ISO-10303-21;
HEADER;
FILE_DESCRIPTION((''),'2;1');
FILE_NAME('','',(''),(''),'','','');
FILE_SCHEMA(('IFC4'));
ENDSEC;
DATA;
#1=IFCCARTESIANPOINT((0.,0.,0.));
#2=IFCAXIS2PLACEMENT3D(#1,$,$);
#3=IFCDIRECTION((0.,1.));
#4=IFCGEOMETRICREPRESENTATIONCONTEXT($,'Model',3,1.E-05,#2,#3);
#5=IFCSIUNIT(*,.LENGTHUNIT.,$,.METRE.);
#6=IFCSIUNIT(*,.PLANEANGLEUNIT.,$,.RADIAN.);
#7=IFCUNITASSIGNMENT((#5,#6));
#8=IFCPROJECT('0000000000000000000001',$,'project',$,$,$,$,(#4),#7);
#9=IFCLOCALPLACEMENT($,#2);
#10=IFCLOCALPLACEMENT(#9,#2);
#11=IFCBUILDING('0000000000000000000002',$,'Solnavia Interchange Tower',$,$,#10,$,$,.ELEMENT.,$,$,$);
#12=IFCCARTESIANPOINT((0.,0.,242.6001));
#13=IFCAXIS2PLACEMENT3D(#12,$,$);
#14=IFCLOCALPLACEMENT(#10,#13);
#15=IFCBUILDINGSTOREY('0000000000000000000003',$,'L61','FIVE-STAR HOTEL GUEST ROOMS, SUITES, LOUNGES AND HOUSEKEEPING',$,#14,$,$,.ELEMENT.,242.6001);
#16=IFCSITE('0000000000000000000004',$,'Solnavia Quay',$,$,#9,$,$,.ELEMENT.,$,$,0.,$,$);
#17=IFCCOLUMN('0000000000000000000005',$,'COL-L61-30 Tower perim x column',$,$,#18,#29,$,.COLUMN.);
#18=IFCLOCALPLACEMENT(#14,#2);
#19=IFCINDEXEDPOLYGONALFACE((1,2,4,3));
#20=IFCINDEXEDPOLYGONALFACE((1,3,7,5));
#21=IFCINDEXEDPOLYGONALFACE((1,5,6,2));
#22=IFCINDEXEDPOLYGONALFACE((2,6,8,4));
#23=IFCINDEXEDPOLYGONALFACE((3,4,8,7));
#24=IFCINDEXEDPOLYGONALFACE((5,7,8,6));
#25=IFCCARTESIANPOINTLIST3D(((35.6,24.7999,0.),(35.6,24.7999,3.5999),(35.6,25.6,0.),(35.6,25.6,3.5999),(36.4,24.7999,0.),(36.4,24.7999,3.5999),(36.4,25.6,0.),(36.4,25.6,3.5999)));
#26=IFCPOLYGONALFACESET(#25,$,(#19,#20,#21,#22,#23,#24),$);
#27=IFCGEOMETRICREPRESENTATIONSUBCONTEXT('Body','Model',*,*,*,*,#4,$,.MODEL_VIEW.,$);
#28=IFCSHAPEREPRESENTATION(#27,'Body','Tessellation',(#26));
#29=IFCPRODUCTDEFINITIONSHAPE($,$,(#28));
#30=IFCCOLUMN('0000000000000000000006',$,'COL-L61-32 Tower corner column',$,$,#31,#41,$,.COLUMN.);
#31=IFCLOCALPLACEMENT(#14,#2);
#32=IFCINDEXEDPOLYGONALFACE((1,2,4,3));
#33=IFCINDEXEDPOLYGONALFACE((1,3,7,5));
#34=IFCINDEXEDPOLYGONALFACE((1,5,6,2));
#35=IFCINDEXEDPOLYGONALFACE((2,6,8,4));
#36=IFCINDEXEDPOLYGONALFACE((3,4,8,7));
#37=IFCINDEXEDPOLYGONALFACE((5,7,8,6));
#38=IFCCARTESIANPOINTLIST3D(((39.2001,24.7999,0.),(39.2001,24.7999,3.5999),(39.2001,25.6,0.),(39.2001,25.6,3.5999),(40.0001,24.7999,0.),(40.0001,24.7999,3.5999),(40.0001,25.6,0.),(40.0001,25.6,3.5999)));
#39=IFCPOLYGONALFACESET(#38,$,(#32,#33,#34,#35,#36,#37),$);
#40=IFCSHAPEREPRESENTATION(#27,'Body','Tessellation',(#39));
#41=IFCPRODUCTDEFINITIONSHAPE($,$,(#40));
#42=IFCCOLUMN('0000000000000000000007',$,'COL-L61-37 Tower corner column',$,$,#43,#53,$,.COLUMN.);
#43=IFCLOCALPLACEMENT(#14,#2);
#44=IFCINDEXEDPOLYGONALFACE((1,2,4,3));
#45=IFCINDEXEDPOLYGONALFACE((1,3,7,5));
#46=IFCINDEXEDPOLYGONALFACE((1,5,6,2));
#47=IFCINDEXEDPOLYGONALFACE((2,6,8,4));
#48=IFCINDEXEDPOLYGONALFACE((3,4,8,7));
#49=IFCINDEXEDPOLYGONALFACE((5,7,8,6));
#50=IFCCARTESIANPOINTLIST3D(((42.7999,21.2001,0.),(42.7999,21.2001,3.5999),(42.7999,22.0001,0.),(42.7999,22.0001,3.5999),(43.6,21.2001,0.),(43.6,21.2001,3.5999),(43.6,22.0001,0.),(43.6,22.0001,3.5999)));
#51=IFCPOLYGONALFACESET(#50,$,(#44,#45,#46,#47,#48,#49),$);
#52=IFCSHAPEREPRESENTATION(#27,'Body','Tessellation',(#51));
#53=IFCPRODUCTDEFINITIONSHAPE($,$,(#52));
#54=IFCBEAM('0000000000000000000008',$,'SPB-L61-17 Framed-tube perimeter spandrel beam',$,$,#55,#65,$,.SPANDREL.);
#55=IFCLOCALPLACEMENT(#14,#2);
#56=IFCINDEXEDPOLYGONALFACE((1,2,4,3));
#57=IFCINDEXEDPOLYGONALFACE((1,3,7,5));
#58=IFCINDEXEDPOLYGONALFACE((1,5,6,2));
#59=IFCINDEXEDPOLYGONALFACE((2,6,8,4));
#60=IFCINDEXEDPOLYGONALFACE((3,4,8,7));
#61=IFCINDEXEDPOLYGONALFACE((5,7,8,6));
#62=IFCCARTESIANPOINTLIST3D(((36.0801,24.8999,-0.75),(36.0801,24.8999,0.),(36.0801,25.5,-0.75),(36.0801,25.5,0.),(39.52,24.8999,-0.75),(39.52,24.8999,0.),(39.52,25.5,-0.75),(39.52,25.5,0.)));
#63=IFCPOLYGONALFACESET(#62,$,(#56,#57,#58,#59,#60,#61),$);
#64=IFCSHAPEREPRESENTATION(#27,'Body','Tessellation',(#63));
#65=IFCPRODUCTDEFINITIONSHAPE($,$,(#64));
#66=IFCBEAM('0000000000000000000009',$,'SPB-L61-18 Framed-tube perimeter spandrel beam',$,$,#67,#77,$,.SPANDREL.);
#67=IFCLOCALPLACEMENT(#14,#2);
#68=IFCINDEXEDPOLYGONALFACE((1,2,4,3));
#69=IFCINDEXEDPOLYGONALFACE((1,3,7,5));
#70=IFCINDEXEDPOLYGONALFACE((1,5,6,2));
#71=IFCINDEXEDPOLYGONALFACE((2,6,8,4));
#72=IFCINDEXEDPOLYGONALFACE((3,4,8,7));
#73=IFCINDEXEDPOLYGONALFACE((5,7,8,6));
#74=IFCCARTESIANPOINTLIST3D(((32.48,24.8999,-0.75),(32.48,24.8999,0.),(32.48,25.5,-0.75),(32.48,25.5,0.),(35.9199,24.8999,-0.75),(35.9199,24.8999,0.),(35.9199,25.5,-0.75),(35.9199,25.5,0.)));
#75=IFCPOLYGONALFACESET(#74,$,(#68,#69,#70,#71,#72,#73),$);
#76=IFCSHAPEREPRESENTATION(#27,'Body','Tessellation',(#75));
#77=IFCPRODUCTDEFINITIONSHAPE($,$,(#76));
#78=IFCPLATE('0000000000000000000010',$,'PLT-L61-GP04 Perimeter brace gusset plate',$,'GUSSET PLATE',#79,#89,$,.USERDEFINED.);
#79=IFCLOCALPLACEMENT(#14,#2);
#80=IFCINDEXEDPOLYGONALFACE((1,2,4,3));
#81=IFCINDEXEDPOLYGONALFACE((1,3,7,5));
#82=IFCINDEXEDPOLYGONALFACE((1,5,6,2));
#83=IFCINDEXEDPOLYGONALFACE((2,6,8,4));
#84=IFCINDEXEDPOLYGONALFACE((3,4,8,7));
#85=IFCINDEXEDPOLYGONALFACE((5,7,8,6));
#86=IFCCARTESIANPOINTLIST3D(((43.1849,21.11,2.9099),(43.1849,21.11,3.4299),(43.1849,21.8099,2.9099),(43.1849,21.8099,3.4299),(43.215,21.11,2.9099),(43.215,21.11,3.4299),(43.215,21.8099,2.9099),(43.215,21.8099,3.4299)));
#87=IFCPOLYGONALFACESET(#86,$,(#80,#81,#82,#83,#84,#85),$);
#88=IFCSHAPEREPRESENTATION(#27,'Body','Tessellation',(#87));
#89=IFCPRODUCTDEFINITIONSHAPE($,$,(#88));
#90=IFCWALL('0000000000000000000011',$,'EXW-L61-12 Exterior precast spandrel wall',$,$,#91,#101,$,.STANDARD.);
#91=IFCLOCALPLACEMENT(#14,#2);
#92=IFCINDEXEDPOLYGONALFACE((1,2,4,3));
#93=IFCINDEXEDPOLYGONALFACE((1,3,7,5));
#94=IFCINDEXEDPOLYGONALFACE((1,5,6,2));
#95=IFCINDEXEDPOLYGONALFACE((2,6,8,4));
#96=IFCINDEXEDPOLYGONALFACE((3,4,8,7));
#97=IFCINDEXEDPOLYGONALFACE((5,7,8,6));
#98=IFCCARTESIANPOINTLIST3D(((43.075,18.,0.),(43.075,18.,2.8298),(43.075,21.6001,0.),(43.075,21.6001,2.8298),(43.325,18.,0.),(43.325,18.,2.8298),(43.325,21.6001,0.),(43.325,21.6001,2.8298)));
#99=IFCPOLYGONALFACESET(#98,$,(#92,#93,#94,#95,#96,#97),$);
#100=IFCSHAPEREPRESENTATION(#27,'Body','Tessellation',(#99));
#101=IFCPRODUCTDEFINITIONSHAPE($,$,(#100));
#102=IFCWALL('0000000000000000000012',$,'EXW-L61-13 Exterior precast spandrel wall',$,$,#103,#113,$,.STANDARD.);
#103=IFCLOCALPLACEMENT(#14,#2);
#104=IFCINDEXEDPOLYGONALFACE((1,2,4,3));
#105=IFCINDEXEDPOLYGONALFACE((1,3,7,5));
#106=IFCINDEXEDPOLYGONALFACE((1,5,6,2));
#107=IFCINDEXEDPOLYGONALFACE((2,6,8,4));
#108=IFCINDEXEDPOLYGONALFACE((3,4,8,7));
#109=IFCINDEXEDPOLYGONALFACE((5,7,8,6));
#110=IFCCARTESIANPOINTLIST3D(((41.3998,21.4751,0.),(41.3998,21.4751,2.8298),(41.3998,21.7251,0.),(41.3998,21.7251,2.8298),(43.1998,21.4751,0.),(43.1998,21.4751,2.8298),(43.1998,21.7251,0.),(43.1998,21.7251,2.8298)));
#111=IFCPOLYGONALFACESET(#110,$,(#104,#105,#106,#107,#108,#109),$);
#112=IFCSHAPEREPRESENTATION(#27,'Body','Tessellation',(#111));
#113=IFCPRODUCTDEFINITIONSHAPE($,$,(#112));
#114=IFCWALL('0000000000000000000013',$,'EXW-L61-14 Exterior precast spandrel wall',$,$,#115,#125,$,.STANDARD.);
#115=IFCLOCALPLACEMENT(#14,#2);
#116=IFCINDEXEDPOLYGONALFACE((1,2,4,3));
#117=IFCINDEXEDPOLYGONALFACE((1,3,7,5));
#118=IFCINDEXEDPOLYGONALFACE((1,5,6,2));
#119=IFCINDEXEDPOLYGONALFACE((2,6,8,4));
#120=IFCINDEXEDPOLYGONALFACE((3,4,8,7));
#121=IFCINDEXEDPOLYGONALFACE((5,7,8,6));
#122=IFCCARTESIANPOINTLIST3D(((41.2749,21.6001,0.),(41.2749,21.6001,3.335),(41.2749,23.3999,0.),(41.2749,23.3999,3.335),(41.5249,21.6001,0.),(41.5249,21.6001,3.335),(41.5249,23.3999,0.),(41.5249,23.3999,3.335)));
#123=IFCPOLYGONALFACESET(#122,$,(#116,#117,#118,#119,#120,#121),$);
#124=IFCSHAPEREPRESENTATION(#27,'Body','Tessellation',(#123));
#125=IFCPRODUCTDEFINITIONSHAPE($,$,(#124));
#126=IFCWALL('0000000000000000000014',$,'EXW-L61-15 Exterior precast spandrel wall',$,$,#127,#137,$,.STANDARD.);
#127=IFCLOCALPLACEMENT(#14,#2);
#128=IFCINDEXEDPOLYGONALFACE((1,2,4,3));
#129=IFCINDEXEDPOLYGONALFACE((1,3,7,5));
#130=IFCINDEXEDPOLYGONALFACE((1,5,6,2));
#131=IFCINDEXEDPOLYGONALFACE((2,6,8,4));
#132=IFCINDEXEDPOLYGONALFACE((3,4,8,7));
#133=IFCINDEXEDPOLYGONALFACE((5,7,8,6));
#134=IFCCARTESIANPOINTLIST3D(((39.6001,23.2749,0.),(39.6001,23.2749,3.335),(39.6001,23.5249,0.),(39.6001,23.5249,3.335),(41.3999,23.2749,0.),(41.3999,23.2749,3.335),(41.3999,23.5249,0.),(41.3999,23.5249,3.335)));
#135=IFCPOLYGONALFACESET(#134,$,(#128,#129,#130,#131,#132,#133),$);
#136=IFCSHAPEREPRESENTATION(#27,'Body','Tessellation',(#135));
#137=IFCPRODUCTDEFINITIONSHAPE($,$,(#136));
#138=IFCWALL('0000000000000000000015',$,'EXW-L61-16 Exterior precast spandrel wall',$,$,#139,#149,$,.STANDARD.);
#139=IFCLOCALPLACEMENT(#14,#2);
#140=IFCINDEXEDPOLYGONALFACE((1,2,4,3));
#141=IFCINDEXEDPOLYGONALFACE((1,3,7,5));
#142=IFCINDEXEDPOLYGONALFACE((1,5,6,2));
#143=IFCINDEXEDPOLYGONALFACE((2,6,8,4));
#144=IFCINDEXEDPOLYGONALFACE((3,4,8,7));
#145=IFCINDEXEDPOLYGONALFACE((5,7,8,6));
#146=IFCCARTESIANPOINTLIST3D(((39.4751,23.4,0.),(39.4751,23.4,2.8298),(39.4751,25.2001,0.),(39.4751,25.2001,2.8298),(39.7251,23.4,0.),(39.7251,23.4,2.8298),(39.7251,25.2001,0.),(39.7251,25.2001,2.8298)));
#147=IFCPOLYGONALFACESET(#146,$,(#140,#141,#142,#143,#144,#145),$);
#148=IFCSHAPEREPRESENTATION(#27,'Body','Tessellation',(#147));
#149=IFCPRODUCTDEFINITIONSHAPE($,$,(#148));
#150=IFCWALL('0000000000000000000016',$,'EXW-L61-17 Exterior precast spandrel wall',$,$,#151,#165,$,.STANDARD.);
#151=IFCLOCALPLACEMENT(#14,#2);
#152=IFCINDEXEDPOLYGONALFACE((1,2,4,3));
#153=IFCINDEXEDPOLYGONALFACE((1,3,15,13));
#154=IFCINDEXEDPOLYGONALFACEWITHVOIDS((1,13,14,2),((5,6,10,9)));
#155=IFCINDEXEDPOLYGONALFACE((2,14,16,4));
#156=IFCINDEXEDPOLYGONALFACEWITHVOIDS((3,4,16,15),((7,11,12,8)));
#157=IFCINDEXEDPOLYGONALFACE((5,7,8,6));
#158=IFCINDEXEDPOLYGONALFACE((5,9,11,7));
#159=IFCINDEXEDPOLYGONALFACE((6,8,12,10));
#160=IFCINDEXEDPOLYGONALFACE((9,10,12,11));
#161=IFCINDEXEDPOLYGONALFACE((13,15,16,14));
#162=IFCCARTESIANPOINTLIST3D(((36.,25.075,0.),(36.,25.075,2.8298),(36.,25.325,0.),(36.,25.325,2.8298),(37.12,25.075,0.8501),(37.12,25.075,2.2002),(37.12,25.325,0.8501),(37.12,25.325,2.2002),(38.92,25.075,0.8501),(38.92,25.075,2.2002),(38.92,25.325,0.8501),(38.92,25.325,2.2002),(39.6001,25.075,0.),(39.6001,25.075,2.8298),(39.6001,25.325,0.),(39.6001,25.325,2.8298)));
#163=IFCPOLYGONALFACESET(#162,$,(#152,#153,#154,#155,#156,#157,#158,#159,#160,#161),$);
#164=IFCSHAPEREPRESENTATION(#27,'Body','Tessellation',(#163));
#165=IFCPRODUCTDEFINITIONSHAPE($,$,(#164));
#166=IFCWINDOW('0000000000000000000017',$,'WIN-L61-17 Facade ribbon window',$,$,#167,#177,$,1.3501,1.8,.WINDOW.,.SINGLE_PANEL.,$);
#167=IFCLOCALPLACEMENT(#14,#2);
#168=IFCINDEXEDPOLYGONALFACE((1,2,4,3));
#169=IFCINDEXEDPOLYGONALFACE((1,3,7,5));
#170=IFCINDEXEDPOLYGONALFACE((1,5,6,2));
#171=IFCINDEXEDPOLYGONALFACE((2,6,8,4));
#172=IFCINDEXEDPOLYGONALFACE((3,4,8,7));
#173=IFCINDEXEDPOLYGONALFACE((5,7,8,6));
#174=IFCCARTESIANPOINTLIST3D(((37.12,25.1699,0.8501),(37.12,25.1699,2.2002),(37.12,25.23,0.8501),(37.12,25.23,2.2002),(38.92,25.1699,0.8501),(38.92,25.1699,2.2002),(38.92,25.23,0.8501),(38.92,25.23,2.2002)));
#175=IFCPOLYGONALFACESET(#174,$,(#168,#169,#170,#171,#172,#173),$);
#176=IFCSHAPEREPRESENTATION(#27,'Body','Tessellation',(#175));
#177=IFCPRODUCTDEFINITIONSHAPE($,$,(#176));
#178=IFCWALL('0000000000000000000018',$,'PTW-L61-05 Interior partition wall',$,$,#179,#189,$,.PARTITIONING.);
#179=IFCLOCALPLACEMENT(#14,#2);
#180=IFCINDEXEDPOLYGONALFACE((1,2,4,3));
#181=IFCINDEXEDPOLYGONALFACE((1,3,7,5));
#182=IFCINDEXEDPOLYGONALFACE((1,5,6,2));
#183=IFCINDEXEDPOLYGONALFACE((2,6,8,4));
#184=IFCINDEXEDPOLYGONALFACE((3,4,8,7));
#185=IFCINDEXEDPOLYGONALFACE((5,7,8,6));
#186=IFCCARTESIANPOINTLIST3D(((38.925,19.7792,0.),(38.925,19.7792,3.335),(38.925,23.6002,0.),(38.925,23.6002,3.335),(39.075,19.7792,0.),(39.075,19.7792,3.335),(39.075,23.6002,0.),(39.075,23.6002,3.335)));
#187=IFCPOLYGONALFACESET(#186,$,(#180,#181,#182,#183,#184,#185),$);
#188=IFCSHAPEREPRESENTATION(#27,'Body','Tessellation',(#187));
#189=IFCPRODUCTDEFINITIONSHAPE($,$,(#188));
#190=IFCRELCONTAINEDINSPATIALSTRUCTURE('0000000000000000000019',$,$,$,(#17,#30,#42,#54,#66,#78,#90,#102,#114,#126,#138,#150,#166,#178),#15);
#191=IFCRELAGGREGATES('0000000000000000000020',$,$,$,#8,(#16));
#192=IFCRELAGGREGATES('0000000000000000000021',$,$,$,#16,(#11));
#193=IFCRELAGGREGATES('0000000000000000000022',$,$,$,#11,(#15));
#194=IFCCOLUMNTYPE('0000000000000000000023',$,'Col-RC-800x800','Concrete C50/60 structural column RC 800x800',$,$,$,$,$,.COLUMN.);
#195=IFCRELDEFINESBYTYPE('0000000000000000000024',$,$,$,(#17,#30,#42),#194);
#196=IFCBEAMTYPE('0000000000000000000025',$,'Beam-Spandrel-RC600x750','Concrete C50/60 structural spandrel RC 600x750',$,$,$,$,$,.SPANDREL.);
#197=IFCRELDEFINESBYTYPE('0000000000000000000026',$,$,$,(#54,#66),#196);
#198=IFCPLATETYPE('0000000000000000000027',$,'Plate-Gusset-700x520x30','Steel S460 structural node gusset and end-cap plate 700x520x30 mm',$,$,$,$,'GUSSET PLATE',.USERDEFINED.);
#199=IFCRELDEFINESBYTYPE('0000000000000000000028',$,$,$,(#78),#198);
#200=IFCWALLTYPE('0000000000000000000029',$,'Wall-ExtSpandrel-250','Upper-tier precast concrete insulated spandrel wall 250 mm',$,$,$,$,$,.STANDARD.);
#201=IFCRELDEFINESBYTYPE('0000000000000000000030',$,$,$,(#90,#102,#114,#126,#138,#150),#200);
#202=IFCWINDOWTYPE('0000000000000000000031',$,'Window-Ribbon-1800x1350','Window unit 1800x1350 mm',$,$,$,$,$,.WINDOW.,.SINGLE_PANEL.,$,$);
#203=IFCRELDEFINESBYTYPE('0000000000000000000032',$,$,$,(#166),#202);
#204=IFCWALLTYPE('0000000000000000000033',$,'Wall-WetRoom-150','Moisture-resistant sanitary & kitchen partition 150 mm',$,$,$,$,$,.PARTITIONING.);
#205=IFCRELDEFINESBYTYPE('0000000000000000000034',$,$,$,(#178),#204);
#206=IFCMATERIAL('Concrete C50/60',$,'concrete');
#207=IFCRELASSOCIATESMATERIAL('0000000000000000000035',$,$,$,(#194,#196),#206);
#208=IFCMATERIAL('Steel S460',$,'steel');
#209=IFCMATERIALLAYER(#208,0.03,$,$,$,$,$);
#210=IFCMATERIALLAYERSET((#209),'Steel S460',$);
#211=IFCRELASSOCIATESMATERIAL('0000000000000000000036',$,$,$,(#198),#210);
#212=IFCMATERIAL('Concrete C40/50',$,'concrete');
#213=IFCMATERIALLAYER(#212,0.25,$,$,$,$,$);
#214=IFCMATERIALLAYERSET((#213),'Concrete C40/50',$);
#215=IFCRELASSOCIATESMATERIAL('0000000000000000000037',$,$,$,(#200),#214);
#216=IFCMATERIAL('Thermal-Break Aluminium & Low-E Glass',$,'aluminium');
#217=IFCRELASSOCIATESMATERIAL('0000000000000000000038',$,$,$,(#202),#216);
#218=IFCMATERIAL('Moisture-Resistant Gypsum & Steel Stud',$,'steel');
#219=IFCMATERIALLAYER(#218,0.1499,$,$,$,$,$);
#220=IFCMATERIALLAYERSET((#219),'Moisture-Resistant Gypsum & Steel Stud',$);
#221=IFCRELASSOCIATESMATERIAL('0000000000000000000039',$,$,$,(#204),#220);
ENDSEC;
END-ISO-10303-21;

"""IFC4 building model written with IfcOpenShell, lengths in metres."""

from ifc_helpers import new_model, si_unit, direction, frame, frame_2d, origin, origin_2d, place, context, subcontext, project, spatial, rectangle, extrude, material, layer, layer_set, material_profile, profile_set, type_object, element, fill, save


model = new_model("IFC4")

# Units and contexts
model_context = context("Model", 3, precision=1e-05, world=origin(), true_north=direction((0.0, 1.0)))
body_context = subcontext(model_context, "Body", "Model", "MODEL_VIEW")
ifc_project = project(units=[si_unit("LENGTHUNIT", "METRE"), si_unit("PLANEANGLEUNIT", "RADIAN")], contexts=[model_context])

# Site, building, storey
site_placement = place(None, origin())
site = spatial("IfcSite", under=ifc_project, at=site_placement, Name="Solnavia Quay", CompositionType="ELEMENT", RefElevation=0.0)
building_placement = place(site_placement, origin())
building = spatial("IfcBuilding", under=site, at=building_placement, Name="Solnavia Interchange Tower", CompositionType="ELEMENT")
storey_placement = place(building_placement, frame((0.0, 0.0, 242.6001)))
storey = spatial("IfcBuildingStorey", under=building, at=storey_placement, Name="L61", Description="FIVE-STAR HOTEL GUEST ROOMS, SUITES, LOUNGES AND HOUSEKEEPING", CompositionType="ELEMENT", Elevation=242.6001)

# Columns
ifc_material_1 = material(Name="Concrete C50/60", Category="concrete")
ifc_material_profile_1 = material_profile(ifc_material_1, rectangle(XDim=0.8, YDim=0.8, at=origin_2d()), Name="RC 800x800")
ifc_profile_set_1 = profile_set([ifc_material_profile_1], Name="Concrete C50/60")
column_type = type_object("IfcColumnType", Name="Col-RC-800x800", Description="Concrete C50/60 structural column RC 800x800", PredefinedType="COLUMN", material=ifc_profile_set_1)
for number, where, z_axis, x_axis, name in (
    (1, (36.0, 25.2, 0.0), (0.0, 0.0, 1.0), (1.0, 0.0, 0.0), "COL-L61-30 Tower perim x column"),
    (2, (39.6001, 25.2, 0.0), (0.0, 0.0, 1.0), (1.0, 0.0, 0.0), "COL-L61-32 Tower corner column"),
    (3, (43.2, 21.6001, 0.0), (0.0, 0.0, 1.0), (0.0, 1.0, 0.0), "COL-L61-37 Tower corner column"),
):
    element("IfcColumn", number, at=place(storey_placement, frame(where, z_axis=z_axis, x_axis=x_axis)), inside=storey, type_object=column_type, Name=name, PredefinedType="COLUMN", context=body_context, shape_type="SweptSolid", body=[
        extrude(rectangle(XDim=0.8, YDim=0.8, at=origin_2d()), origin(), (0.0, 0.0, 1.0), 3.5999),
    ])

# Beams
ifc_material_profile_2 = material_profile(ifc_material_1, rectangle(XDim=0.6001, YDim=0.75, at=origin_2d()), Name="RC 600x750")
ifc_profile_set_2 = profile_set([ifc_material_profile_2], Name="Concrete C50/60")
beam_type = type_object("IfcBeamType", Name="Beam-Spandrel-RC600x750", Description="Concrete C50/60 structural spandrel RC 600x750", PredefinedType="SPANDREL", material=ifc_profile_set_2)
for number, where, z_axis, x_axis, name in (
    (4, (39.52, 25.2, -0.375), (-1.0, 0.0, 0.0), (0.0, -1.0, 0.0), "SPB-L61-17 Framed-tube perimeter spandrel beam"),
    (5, (35.9199, 25.2, -0.375), (-1.0, 0.0, 0.0), (0.0, -1.0, 0.0), "SPB-L61-18 Framed-tube perimeter spandrel beam"),
):
    element("IfcBeam", number, at=place(storey_placement, frame(where, z_axis=z_axis, x_axis=x_axis)), inside=storey, type_object=beam_type, Name=name, PredefinedType="SPANDREL", context=body_context, shape_type="SweptSolid", body=[
        extrude(rectangle(XDim=0.6001, YDim=0.75, at=origin_2d()), origin(), (0.0, 0.0, 1.0), 3.4399),
    ])

# Plate
ifc_material_2 = material(Name="Steel S460", Category="steel")
ifc_layer_1 = layer(ifc_material_2, 0.03)
ifc_layer_set_1 = layer_set([ifc_layer_1], Name="Steel S460")
plate_type = type_object("IfcPlateType", Name="Plate-Gusset-700x520x30", Description="Steel S460 structural node gusset and end-cap plate 700x520x30 mm", ElementType="GUSSET PLATE", PredefinedType="USERDEFINED", material=ifc_layer_set_1)
plate_placement = place(storey_placement, frame((43.2, 21.46, 2.9099), z_axis=(0.0, 0.0, 1.0), x_axis=(0.0, 1.0, 0.0)))
element("IfcPlate", 6, at=plate_placement, inside=storey, type_object=plate_type, Name="PLT-L61-GP04 Perimeter brace gusset plate", ObjectType="GUSSET PLATE", PredefinedType="USERDEFINED", context=body_context, shape_type="SweptSolid", body=[
    extrude(rectangle(XDim=0.7, YDim=0.03, at=origin_2d()), origin(), (0.0, 0.0, 1.0), 0.52),
])

# Walls
ifc_material_3 = material(Name="Concrete C40/50", Category="concrete")
ifc_layer_2 = layer(ifc_material_3, 0.25)
ifc_layer_set_2 = layer_set([ifc_layer_2], Name="Concrete C40/50")
wall_type_1 = type_object("IfcWallType", Name="Wall-ExtSpandrel-250", Description="Upper-tier precast concrete insulated spandrel wall 250 mm", PredefinedType="STANDARD", material=ifc_layer_set_2)
wall_1_placement = place(storey_placement, frame((43.2, 21.6001, 0.0), z_axis=(0.0, 0.0, 1.0), x_axis=(0.0, -1.0, 0.0)))
element("IfcWall", 7, at=wall_1_placement, inside=storey, type_object=wall_type_1, Name="EXW-L61-12 Exterior precast spandrel wall", PredefinedType="STANDARD", context=body_context, shape_type="SweptSolid", body=[
    extrude(rectangle(XDim=3.6001, YDim=0.25, at=frame_2d((1.8, 0.0))), origin(), (0.0, 0.0, 1.0), 2.8298),
])
wall_2_placement = place(storey_placement, frame((41.3999, 21.6001, 0.0), z_axis=(0.0, 0.0, 1.0), x_axis=(1.0, 0.0, 0.0)))
element("IfcWall", 8, at=wall_2_placement, inside=storey, type_object=wall_type_1, Name="EXW-L61-13 Exterior precast spandrel wall", PredefinedType="STANDARD", context=body_context, shape_type="SweptSolid", body=[
    extrude(rectangle(XDim=1.8, YDim=0.25, at=frame_2d((0.8999, 0.0))), origin(), (0.0, 0.0, 1.0), 2.8298),
])
for number, where, z_axis, x_axis, name in (
    (9, (41.3999, 23.3999, 0.0), (0.0, 0.0, 1.0), (0.0, -1.0, 0.0), "EXW-L61-14 Exterior precast spandrel wall"),
    (10, (39.6001, 23.3999, 0.0), (0.0, 0.0, 1.0), (1.0, 0.0, 0.0), "EXW-L61-15 Exterior precast spandrel wall"),
):
    element("IfcWall", number, at=place(storey_placement, frame(where, z_axis=z_axis, x_axis=x_axis)), inside=storey, type_object=wall_type_1, Name=name, PredefinedType="STANDARD", context=body_context, shape_type="SweptSolid", body=[
        extrude(rectangle(XDim=1.7998, YDim=0.25, at=frame_2d((0.8999, 0.0))), origin(), (0.0, 0.0, 1.0), 3.335),
    ])
wall_3_placement = place(storey_placement, frame((39.6001, 25.2, 0.0), z_axis=(0.0, 0.0, 1.0), x_axis=(0.0, -1.0, 0.0)))
element("IfcWall", 11, at=wall_3_placement, inside=storey, type_object=wall_type_1, Name="EXW-L61-16 Exterior precast spandrel wall", PredefinedType="STANDARD", context=body_context, shape_type="SweptSolid", body=[
    extrude(rectangle(XDim=1.8, YDim=0.25, at=frame_2d((0.8999, 0.0))), origin(), (0.0, 0.0, 1.0), 2.8298),
])

# Wall, opening, window
wall_4_placement = place(storey_placement, frame((36.0, 25.2, 0.0), z_axis=(0.0, 0.0, 1.0), x_axis=(1.0, 0.0, 0.0)))
wall_4 = element("IfcWall", 12, at=wall_4_placement, inside=storey, type_object=wall_type_1, Name="EXW-L61-17 Exterior precast spandrel wall", PredefinedType="STANDARD", context=body_context, shape_type="SweptSolid", body=[
    extrude(rectangle(XDim=3.6001, YDim=0.25, at=frame_2d((1.8, 0.0))), origin(), (0.0, 0.0, 1.0), 2.8298),
])
opening_placement = place(wall_4_placement, frame((1.1201, 0.0, 0.8501)))
opening = element("IfcOpeningElement", 13, at=opening_placement, cuts=wall_4, PredefinedType="OPENING", context=body_context, shape_type="SweptSolid", body=[
    extrude(rectangle(XDim=1.8, YDim=1.3501, at=frame_2d((0.8999, 0.675))), frame((0.0, 0.135, 0.0), z_axis=(0.0, -1.0, 0.0), x_axis=(1.0, 0.0, 0.0)), (0.0, 0.0, 1.0), 0.27),
])
ifc_material_4 = material(Name="Thermal-Break Aluminium & Low-E Glass", Category="aluminium")
window_type = type_object("IfcWindowType", Name="Window-Ribbon-1800x1350", Description="Window unit 1800x1350 mm", PartitioningType="SINGLE_PANEL", PredefinedType="WINDOW", material=ifc_material_4)
window_placement = place(opening_placement, origin())
window = element("IfcWindow", 14, at=window_placement, inside=storey, type_object=window_type, Name="WIN-L61-17 Facade ribbon window", OverallHeight=1.3501, OverallWidth=1.8, PartitioningType="SINGLE_PANEL", PredefinedType="WINDOW", context=body_context, shape_type="SweptSolid", body=[
    extrude(rectangle(XDim=1.8, YDim=1.3501, at=frame_2d((0.8999, 0.675))), frame((0.0, 0.03, 0.0), z_axis=(0.0, -1.0, 0.0), x_axis=(1.0, 0.0, 0.0)), (0.0, 0.0, 1.0), 0.0601),
])
fill(opening, window)

# Wall
ifc_material_5 = material(Name="Moisture-Resistant Gypsum & Steel Stud", Category="steel")
ifc_layer_3 = layer(ifc_material_5, 0.1499)
ifc_layer_set_3 = layer_set([ifc_layer_3], Name="Moisture-Resistant Gypsum & Steel Stud")
wall_type_2 = type_object("IfcWallType", Name="Wall-WetRoom-150", Description="Moisture-resistant sanitary & kitchen partition 150 mm", PredefinedType="PARTITIONING", material=ifc_layer_set_3)
wall_5_placement = place(storey_placement, frame((39.0, 19.7791, 0.0), z_axis=(0.0, 0.0, 1.0), x_axis=(0.0, 1.0, 0.0)))
element("IfcWall", 15, at=wall_5_placement, inside=storey, type_object=wall_type_2, Name="PTW-L61-05 Interior partition wall", PredefinedType="PARTITIONING", context=body_context, shape_type="SweptSolid", body=[
    extrude(rectangle(XDim=3.821, YDim=0.1499, at=frame_2d((1.9106, 0.0))), origin(), (0.0, 0.0, 1.0), 3.335),
])

save(model, "model.ifc")
